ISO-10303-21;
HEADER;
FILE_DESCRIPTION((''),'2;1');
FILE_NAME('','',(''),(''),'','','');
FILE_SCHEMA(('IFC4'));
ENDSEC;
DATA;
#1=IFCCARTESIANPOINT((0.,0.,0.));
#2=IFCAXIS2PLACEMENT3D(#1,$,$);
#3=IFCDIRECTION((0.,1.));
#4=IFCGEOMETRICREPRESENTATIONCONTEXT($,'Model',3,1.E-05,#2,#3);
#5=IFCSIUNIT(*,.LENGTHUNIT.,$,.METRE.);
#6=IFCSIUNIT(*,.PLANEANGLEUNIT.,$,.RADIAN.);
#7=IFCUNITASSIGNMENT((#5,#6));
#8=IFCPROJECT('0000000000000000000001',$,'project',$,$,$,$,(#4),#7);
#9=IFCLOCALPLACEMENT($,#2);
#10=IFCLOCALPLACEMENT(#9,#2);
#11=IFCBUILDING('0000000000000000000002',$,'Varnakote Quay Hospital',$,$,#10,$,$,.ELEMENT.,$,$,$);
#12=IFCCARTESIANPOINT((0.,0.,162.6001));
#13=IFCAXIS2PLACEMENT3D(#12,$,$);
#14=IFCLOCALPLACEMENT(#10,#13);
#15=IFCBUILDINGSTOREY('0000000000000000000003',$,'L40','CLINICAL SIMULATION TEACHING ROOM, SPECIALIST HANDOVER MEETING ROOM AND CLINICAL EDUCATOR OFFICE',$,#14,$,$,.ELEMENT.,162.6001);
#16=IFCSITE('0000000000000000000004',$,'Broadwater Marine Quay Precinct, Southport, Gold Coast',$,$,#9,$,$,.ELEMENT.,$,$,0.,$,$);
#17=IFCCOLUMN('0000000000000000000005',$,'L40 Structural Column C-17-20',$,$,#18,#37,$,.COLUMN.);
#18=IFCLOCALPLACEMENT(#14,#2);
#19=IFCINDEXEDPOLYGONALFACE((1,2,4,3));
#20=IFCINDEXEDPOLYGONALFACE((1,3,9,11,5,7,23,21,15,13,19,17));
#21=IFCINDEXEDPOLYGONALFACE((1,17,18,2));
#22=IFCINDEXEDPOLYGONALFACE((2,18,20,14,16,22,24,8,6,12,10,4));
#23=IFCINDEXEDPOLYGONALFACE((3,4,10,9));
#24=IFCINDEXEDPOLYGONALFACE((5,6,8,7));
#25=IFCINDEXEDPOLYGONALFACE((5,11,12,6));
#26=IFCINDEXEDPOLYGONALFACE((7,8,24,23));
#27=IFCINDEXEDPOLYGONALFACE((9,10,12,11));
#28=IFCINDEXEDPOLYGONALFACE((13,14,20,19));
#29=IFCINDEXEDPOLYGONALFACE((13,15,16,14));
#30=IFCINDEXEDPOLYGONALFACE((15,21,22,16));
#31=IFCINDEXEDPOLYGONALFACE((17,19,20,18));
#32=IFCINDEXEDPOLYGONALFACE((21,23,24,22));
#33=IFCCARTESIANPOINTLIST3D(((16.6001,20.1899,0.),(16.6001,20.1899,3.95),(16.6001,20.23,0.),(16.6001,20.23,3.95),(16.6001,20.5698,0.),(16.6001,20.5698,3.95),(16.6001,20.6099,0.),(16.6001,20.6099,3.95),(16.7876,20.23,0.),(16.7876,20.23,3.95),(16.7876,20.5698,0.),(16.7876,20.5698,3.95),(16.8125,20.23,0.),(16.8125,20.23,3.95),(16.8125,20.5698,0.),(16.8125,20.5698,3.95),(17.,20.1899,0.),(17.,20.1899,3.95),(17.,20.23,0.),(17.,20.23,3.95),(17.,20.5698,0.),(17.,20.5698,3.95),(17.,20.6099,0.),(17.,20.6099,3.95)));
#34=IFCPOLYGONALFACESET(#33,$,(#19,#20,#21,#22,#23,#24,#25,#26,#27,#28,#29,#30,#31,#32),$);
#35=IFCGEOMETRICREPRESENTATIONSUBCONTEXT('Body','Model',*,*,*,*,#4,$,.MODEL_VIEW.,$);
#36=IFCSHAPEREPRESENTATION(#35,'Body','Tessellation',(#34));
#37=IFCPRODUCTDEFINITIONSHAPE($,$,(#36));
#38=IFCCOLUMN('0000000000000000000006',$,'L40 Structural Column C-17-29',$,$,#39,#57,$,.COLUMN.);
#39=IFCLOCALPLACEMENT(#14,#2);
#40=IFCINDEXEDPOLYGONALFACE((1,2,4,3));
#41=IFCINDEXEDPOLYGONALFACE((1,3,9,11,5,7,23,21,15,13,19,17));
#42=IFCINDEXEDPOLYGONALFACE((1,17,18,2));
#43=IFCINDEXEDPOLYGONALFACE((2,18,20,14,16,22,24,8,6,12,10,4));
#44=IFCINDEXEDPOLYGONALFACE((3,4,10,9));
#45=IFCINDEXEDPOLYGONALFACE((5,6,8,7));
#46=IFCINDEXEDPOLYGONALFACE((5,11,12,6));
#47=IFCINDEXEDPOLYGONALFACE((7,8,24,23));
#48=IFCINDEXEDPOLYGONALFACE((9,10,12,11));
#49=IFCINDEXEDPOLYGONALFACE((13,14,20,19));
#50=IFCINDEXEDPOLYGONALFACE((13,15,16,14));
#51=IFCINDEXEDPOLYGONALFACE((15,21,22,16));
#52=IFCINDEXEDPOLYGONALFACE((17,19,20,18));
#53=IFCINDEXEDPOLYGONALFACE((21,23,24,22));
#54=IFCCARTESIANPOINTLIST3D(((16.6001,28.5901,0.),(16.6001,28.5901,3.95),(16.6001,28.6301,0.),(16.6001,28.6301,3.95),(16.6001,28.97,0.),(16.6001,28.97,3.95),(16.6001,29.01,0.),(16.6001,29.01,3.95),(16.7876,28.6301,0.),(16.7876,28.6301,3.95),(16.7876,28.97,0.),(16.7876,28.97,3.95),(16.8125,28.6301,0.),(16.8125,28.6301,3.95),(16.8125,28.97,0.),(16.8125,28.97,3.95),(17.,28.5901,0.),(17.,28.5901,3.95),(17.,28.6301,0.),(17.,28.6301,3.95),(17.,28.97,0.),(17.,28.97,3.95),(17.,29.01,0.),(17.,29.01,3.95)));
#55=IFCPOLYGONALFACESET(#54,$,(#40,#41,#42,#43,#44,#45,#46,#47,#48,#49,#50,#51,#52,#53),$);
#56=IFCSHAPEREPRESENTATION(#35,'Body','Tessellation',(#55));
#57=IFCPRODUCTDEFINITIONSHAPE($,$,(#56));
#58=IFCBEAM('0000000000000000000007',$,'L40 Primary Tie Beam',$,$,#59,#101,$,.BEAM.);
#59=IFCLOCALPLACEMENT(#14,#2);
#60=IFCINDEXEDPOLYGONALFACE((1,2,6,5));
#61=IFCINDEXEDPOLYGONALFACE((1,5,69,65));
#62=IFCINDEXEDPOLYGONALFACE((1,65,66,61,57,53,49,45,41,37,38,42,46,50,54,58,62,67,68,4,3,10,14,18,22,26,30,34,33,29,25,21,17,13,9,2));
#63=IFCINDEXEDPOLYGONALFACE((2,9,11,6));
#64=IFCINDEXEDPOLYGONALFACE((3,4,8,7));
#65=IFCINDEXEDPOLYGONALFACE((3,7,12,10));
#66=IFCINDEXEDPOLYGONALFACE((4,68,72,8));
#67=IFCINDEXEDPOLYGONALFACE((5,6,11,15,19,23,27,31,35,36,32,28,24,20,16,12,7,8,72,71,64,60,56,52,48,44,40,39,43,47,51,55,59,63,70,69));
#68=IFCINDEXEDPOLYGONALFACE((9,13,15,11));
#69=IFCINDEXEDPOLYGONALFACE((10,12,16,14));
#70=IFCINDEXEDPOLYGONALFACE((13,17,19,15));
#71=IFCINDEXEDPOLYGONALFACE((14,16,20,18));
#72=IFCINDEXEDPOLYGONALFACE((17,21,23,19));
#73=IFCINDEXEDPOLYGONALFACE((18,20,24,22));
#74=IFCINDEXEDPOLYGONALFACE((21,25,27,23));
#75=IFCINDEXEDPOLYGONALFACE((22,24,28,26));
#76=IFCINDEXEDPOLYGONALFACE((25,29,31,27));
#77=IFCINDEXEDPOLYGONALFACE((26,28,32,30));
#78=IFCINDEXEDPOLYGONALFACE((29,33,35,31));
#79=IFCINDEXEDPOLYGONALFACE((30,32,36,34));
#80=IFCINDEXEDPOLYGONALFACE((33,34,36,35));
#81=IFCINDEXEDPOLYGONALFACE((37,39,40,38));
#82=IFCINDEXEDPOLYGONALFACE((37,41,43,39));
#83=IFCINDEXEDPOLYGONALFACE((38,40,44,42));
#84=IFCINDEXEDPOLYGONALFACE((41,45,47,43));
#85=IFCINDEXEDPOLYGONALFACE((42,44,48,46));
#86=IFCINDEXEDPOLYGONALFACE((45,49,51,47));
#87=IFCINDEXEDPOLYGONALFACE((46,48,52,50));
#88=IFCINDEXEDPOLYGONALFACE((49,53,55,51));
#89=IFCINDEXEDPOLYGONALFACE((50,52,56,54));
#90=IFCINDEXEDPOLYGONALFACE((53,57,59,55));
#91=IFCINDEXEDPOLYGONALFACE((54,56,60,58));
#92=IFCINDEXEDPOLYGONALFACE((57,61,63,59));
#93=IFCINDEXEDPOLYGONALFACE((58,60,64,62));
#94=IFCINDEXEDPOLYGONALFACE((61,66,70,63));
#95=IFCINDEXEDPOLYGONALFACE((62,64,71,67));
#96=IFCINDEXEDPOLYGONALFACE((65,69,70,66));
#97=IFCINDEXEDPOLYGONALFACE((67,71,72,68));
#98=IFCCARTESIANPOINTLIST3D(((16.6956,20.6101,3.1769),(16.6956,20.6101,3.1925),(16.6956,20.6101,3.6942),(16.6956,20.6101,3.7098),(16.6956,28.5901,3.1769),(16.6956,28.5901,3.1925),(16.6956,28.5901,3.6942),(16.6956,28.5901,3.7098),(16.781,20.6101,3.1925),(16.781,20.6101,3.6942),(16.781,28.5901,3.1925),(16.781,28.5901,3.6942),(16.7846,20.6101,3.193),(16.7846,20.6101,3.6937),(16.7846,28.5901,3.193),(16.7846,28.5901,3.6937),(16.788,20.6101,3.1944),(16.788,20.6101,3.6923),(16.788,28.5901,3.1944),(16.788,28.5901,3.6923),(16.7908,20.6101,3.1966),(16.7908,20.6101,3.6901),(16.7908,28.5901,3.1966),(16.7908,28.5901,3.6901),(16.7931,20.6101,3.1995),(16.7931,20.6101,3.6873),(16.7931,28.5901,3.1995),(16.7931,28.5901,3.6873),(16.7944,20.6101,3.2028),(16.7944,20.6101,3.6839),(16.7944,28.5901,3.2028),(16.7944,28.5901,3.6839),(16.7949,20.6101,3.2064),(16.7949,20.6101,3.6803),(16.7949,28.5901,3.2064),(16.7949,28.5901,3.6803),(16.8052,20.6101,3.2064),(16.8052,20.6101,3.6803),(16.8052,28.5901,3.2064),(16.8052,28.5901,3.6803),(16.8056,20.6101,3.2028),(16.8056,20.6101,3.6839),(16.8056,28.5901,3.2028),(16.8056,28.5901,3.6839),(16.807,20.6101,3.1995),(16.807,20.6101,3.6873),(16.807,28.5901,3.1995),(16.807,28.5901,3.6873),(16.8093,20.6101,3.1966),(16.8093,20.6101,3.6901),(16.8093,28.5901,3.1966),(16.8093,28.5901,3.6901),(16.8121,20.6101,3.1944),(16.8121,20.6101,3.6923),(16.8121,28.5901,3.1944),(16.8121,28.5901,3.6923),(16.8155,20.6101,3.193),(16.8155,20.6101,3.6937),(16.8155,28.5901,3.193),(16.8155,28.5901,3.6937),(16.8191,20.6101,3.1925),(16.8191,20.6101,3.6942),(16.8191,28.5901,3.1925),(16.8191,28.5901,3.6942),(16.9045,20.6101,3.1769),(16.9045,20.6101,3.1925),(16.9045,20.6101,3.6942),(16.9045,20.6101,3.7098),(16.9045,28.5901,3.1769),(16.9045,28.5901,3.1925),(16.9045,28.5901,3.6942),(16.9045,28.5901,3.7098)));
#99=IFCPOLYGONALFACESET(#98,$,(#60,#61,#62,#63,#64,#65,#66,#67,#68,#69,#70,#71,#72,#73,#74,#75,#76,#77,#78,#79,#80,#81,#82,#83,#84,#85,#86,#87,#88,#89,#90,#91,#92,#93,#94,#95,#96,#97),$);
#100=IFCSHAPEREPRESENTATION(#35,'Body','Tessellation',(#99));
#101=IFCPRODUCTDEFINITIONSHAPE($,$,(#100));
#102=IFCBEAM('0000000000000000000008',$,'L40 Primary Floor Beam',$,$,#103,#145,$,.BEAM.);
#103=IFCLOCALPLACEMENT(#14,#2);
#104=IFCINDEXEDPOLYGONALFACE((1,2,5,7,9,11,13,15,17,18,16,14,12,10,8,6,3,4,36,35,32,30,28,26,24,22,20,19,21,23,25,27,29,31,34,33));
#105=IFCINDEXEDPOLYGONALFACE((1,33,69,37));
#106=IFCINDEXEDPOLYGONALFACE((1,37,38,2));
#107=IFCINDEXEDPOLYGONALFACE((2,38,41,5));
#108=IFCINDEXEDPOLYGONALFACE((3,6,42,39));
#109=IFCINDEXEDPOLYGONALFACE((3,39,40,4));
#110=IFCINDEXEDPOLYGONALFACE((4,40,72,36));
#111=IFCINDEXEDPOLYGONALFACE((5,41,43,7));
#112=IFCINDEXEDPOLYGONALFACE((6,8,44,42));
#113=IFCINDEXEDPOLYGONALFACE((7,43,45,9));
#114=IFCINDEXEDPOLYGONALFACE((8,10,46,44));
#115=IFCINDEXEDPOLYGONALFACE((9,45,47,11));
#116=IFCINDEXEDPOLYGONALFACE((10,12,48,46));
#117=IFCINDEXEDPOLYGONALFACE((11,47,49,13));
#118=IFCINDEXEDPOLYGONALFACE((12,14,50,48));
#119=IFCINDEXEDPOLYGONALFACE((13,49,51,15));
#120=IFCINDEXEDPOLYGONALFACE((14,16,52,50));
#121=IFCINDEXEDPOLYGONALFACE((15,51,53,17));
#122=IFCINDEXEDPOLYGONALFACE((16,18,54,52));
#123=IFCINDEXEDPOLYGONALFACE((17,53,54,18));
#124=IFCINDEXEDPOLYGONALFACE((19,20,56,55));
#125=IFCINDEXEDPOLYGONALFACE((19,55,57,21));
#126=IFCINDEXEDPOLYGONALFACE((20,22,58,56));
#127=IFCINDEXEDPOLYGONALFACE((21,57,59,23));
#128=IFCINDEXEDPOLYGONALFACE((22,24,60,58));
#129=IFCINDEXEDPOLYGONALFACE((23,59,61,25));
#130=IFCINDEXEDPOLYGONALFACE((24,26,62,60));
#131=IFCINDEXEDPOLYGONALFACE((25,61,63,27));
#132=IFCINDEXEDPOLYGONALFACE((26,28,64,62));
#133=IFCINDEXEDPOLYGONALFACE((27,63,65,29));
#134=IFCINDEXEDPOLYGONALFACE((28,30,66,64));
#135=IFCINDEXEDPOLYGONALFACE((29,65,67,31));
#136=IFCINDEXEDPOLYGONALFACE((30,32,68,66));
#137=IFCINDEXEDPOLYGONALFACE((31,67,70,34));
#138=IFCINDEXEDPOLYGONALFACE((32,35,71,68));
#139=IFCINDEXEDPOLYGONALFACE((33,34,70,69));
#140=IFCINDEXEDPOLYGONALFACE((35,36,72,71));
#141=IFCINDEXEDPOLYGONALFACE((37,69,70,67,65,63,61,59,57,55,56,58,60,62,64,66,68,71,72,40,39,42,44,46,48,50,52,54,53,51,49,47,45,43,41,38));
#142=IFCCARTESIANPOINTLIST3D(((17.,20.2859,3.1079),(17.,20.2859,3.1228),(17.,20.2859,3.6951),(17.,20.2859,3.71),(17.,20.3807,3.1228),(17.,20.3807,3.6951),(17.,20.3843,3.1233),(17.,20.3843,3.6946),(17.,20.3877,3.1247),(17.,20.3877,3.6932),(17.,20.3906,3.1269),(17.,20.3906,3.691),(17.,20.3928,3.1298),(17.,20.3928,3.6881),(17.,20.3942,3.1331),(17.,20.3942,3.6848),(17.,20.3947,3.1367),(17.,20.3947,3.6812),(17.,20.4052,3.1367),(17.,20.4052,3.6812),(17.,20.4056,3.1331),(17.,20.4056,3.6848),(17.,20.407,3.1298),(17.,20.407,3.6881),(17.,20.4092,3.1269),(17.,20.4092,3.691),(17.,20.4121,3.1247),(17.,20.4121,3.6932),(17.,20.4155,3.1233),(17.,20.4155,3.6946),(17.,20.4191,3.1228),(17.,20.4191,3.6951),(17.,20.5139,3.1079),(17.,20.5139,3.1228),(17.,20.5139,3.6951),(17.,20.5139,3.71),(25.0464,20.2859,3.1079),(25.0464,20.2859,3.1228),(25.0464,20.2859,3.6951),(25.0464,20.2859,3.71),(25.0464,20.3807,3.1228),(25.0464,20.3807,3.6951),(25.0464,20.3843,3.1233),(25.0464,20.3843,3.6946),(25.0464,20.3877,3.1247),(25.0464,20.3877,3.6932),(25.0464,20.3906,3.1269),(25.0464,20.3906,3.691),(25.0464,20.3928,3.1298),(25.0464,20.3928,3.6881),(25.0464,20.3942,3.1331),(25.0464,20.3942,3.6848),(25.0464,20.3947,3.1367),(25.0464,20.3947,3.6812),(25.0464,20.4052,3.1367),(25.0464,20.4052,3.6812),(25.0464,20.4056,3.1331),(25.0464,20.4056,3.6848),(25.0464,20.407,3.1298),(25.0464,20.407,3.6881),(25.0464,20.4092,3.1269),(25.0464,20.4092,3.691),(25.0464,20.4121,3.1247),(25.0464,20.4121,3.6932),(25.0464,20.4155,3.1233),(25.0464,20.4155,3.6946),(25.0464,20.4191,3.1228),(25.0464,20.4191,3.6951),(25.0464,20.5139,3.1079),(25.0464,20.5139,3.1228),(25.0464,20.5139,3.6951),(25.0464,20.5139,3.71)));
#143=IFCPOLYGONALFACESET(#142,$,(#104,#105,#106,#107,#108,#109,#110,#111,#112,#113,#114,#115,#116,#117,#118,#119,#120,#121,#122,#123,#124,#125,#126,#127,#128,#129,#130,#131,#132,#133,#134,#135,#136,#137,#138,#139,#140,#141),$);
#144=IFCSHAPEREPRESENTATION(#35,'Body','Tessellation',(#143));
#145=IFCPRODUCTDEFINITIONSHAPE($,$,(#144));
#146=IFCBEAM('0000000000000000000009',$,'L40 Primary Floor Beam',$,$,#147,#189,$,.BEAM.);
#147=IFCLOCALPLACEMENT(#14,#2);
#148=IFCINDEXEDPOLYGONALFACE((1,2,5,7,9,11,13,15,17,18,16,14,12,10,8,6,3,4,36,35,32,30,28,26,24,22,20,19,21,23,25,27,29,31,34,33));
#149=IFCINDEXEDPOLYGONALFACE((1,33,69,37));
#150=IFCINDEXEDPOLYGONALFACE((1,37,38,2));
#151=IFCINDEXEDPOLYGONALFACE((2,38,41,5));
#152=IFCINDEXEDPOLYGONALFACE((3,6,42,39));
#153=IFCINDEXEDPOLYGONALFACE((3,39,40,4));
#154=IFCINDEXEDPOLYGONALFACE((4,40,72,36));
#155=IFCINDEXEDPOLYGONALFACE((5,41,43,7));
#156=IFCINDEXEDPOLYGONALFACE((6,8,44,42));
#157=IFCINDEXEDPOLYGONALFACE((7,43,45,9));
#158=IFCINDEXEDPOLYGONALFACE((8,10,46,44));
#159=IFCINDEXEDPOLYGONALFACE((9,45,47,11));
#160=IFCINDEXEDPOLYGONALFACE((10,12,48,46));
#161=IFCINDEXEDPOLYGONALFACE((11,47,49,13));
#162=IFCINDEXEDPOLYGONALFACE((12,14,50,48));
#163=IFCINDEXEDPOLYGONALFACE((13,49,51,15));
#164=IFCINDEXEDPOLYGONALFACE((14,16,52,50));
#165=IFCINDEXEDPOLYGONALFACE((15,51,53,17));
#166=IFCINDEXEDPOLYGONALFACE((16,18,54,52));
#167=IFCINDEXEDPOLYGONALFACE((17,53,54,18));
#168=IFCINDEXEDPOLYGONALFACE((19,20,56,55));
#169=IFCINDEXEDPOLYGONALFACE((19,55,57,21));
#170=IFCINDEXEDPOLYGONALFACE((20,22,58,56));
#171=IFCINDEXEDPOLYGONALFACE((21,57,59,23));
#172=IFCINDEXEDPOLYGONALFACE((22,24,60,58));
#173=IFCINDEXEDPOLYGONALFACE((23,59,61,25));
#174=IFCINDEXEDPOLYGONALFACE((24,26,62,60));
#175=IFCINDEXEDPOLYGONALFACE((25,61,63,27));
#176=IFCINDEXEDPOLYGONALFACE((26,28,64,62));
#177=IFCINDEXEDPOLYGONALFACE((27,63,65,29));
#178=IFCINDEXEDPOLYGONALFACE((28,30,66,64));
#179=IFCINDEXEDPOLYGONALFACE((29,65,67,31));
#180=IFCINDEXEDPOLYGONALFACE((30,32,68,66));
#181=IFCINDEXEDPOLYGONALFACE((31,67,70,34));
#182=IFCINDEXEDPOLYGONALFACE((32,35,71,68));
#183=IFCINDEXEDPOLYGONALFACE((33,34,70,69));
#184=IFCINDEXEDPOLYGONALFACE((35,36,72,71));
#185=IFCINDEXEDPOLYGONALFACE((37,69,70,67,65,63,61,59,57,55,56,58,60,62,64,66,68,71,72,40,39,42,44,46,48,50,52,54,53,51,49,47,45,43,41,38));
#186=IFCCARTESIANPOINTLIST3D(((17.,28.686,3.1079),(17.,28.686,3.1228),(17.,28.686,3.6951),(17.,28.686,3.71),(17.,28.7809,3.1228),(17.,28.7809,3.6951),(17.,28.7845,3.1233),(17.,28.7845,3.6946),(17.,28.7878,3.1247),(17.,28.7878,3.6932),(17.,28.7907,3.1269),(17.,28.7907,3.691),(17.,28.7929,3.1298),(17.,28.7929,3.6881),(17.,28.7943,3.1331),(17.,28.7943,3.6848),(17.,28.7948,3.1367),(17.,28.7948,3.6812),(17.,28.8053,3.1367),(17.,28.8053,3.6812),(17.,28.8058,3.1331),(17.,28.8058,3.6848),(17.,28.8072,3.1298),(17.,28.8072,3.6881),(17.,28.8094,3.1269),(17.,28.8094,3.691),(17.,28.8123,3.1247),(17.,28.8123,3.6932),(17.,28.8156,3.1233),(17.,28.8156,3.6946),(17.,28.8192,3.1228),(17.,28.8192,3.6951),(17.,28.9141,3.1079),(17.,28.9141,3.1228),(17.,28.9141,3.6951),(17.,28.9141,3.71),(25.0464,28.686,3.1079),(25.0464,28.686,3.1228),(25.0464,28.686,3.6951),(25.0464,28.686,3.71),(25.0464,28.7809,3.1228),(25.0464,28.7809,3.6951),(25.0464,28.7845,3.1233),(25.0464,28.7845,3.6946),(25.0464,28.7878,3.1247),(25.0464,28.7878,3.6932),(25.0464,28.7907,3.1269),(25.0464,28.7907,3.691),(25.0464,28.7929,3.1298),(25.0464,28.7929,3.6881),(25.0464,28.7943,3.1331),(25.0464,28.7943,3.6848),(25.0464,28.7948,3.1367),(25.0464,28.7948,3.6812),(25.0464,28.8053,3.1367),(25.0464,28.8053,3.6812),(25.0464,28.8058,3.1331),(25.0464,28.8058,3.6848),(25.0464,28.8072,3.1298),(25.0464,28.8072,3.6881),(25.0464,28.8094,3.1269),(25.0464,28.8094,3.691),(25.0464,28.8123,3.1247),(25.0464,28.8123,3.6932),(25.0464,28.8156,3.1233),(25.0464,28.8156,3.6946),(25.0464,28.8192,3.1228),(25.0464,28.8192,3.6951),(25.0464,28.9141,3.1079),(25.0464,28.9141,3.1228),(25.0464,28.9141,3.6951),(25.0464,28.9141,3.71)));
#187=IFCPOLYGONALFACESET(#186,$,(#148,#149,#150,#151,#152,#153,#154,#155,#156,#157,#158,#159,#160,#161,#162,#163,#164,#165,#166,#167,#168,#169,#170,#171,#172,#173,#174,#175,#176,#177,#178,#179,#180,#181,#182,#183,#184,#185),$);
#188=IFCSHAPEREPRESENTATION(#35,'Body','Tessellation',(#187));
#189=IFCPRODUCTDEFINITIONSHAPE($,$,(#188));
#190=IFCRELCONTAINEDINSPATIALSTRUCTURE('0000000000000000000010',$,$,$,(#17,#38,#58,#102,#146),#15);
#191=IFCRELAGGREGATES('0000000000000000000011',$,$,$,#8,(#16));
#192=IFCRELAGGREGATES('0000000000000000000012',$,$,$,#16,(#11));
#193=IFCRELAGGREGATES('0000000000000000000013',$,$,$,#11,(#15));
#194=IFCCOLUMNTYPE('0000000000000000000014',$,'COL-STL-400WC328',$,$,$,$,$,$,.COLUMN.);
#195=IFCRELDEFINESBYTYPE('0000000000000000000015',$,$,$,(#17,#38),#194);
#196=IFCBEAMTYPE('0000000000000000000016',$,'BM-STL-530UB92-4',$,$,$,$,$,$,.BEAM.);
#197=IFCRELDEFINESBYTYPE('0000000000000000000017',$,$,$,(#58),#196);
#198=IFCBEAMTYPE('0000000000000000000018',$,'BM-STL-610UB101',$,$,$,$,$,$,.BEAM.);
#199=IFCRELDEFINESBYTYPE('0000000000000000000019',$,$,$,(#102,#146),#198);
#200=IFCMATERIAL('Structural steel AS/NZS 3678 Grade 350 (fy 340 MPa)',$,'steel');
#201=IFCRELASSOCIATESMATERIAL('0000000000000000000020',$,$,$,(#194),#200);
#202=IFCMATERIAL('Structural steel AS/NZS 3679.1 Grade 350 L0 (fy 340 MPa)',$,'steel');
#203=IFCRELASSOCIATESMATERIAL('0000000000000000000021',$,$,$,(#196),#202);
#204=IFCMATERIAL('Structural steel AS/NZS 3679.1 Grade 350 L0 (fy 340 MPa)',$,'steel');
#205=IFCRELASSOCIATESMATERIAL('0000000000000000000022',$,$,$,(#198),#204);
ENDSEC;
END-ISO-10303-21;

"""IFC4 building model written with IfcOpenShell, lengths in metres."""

from ifc_helpers import new_model, si_unit, direction, frame, origin, origin_2d, place, context, subcontext, project, spatial, i_section, extrude, material, material_profile, profile_set, type_object, element, save


model = new_model("IFC4")

# Units and contexts
model_context = context("Model", 3, precision=1e-05, world=origin(), true_north=direction((0.0, 1.0)))
body_context = subcontext(model_context, "Body", "Model", "MODEL_VIEW")
ifc_project = project(units=[si_unit("LENGTHUNIT", "METRE"), si_unit("PLANEANGLEUNIT", "RADIAN")], contexts=[model_context])

# Site, building, storey
site_placement = place(None, origin())
site = spatial("IfcSite", under=ifc_project, at=site_placement, Name="Broadwater Marine Quay Precinct, Southport, Gold Coast", CompositionType="ELEMENT", RefElevation=0.0)
building_placement = place(site_placement, origin())
building = spatial("IfcBuilding", under=site, at=building_placement, Name="Varnakote Quay Hospital", CompositionType="ELEMENT")
storey_placement = place(building_placement, frame((0.0, 0.0, 162.6001)))
storey = spatial("IfcBuildingStorey", under=building, at=storey_placement, Name="L40", Description="CLINICAL SIMULATION TEACHING ROOM, SPECIALIST HANDOVER MEETING ROOM AND CLINICAL EDUCATOR OFFICE", CompositionType="ELEMENT", Elevation=162.6001)

# Columns
ifc_material_1 = material(Name="Structural steel AS/NZS 3678 Grade 350 (fy 340 MPa)", Category="steel")
ifc_material_profile_1 = material_profile(ifc_material_1, i_section(OverallWidth=0.3999, OverallDepth=0.4199, WebThickness=0.0249, FlangeThickness=0.04, at=origin_2d()), Name="400WC328")
ifc_profile_set_1 = profile_set([ifc_material_profile_1], Name="Structural steel AS/NZS 3678 Grade 350 (fy 340 MPa)")
column_type = type_object("IfcColumnType", Name="COL-STL-400WC328", PredefinedType="COLUMN", material=ifc_profile_set_1)
for number, where, z_axis, x_axis, name in (
    (1, (16.8, 20.3999, 0.0), (0.0, 0.0, 1.0), (1.0, 0.0, 0.0), "L40 Structural Column C-17-20"),
    (2, (16.8, 28.8, 0.0), (0.0, 0.0, 1.0), (1.0, 0.0, 0.0), "L40 Structural Column C-17-29"),
):
    element("IfcColumn", number, at=place(storey_placement, frame(where, z_axis=z_axis, x_axis=x_axis)), inside=storey, type_object=column_type, Name=name, PredefinedType="COLUMN", context=body_context, shape_type="SweptSolid", body=[
        extrude(i_section(OverallWidth=0.3999, OverallDepth=0.4199, WebThickness=0.0249, FlangeThickness=0.04, at=origin_2d()), origin(), (0.0, 0.0, 1.0), 3.95),
    ])

# Beams
ifc_material_2 = material(Name="Structural steel AS/NZS 3679.1 Grade 350 L0 (fy 340 MPa)", Category="steel")
ifc_material_profile_2 = material_profile(ifc_material_2, i_section(OverallWidth=0.209, OverallDepth=0.533, WebThickness=0.0103, FlangeThickness=0.0156, FilletRadius=0.0139, at=origin_2d()), Name="530UB92.4")
ifc_profile_set_2 = profile_set([ifc_material_profile_2], Name="Structural steel AS/NZS 3679.1 Grade 350 L0 (fy 340 MPa)")
beam_type_1 = type_object("IfcBeamType", Name="BM-STL-530UB92-4", PredefinedType="BEAM", material=ifc_profile_set_2)
beam_1_placement = place(storey_placement, frame((16.8, 20.6101, 3.4434), z_axis=(0.0, 1.0, 0.0), x_axis=(-1.0, 0.0, 0.0)))
element("IfcBeam", 3, at=beam_1_placement, inside=storey, type_object=beam_type_1, Name="L40 Primary Tie Beam", PredefinedType="BEAM", context=body_context, shape_type="SweptSolid", body=[
    extrude(i_section(OverallWidth=0.209, OverallDepth=0.533, WebThickness=0.0103, FlangeThickness=0.0156, FilletRadius=0.0139, at=origin_2d()), origin(), (0.0, 0.0, 1.0), 7.98),
])
ifc_material_3 = material(Name="Structural steel AS/NZS 3679.1 Grade 350 L0 (fy 340 MPa)", Category="steel")
ifc_material_profile_3 = material_profile(ifc_material_3, i_section(OverallWidth=0.228, OverallDepth=0.6021, WebThickness=0.0105, FlangeThickness=0.0149, FilletRadius=0.0139, at=origin_2d()), Name="610UB101")
ifc_profile_set_3 = profile_set([ifc_material_profile_3], Name="Structural steel AS/NZS 3679.1 Grade 350 L0 (fy 340 MPa)")
beam_type_2 = type_object("IfcBeamType", Name="BM-STL-610UB101", PredefinedType="BEAM", material=ifc_profile_set_3)
for number, where, z_axis, x_axis, name in (
    (4, (17.0, 20.3999, 3.4089), (1.0, 0.0, 0.0), (0.0, 1.0, 0.0), "L40 Primary Floor Beam"),
    (5, (17.0, 28.8, 3.4089), (1.0, 0.0, 0.0), (0.0, 1.0, 0.0), "L40 Primary Floor Beam"),
):
    element("IfcBeam", number, at=place(storey_placement, frame(where, z_axis=z_axis, x_axis=x_axis)), inside=storey, type_object=beam_type_2, Name=name, PredefinedType="BEAM", context=body_context, shape_type="SweptSolid", body=[
        extrude(i_section(OverallWidth=0.228, OverallDepth=0.6021, WebThickness=0.0105, FlangeThickness=0.0149, FilletRadius=0.0139, at=origin_2d()), origin(), (0.0, 0.0, 1.0), 8.0464),
    ])

save(model, "model.ifc")
